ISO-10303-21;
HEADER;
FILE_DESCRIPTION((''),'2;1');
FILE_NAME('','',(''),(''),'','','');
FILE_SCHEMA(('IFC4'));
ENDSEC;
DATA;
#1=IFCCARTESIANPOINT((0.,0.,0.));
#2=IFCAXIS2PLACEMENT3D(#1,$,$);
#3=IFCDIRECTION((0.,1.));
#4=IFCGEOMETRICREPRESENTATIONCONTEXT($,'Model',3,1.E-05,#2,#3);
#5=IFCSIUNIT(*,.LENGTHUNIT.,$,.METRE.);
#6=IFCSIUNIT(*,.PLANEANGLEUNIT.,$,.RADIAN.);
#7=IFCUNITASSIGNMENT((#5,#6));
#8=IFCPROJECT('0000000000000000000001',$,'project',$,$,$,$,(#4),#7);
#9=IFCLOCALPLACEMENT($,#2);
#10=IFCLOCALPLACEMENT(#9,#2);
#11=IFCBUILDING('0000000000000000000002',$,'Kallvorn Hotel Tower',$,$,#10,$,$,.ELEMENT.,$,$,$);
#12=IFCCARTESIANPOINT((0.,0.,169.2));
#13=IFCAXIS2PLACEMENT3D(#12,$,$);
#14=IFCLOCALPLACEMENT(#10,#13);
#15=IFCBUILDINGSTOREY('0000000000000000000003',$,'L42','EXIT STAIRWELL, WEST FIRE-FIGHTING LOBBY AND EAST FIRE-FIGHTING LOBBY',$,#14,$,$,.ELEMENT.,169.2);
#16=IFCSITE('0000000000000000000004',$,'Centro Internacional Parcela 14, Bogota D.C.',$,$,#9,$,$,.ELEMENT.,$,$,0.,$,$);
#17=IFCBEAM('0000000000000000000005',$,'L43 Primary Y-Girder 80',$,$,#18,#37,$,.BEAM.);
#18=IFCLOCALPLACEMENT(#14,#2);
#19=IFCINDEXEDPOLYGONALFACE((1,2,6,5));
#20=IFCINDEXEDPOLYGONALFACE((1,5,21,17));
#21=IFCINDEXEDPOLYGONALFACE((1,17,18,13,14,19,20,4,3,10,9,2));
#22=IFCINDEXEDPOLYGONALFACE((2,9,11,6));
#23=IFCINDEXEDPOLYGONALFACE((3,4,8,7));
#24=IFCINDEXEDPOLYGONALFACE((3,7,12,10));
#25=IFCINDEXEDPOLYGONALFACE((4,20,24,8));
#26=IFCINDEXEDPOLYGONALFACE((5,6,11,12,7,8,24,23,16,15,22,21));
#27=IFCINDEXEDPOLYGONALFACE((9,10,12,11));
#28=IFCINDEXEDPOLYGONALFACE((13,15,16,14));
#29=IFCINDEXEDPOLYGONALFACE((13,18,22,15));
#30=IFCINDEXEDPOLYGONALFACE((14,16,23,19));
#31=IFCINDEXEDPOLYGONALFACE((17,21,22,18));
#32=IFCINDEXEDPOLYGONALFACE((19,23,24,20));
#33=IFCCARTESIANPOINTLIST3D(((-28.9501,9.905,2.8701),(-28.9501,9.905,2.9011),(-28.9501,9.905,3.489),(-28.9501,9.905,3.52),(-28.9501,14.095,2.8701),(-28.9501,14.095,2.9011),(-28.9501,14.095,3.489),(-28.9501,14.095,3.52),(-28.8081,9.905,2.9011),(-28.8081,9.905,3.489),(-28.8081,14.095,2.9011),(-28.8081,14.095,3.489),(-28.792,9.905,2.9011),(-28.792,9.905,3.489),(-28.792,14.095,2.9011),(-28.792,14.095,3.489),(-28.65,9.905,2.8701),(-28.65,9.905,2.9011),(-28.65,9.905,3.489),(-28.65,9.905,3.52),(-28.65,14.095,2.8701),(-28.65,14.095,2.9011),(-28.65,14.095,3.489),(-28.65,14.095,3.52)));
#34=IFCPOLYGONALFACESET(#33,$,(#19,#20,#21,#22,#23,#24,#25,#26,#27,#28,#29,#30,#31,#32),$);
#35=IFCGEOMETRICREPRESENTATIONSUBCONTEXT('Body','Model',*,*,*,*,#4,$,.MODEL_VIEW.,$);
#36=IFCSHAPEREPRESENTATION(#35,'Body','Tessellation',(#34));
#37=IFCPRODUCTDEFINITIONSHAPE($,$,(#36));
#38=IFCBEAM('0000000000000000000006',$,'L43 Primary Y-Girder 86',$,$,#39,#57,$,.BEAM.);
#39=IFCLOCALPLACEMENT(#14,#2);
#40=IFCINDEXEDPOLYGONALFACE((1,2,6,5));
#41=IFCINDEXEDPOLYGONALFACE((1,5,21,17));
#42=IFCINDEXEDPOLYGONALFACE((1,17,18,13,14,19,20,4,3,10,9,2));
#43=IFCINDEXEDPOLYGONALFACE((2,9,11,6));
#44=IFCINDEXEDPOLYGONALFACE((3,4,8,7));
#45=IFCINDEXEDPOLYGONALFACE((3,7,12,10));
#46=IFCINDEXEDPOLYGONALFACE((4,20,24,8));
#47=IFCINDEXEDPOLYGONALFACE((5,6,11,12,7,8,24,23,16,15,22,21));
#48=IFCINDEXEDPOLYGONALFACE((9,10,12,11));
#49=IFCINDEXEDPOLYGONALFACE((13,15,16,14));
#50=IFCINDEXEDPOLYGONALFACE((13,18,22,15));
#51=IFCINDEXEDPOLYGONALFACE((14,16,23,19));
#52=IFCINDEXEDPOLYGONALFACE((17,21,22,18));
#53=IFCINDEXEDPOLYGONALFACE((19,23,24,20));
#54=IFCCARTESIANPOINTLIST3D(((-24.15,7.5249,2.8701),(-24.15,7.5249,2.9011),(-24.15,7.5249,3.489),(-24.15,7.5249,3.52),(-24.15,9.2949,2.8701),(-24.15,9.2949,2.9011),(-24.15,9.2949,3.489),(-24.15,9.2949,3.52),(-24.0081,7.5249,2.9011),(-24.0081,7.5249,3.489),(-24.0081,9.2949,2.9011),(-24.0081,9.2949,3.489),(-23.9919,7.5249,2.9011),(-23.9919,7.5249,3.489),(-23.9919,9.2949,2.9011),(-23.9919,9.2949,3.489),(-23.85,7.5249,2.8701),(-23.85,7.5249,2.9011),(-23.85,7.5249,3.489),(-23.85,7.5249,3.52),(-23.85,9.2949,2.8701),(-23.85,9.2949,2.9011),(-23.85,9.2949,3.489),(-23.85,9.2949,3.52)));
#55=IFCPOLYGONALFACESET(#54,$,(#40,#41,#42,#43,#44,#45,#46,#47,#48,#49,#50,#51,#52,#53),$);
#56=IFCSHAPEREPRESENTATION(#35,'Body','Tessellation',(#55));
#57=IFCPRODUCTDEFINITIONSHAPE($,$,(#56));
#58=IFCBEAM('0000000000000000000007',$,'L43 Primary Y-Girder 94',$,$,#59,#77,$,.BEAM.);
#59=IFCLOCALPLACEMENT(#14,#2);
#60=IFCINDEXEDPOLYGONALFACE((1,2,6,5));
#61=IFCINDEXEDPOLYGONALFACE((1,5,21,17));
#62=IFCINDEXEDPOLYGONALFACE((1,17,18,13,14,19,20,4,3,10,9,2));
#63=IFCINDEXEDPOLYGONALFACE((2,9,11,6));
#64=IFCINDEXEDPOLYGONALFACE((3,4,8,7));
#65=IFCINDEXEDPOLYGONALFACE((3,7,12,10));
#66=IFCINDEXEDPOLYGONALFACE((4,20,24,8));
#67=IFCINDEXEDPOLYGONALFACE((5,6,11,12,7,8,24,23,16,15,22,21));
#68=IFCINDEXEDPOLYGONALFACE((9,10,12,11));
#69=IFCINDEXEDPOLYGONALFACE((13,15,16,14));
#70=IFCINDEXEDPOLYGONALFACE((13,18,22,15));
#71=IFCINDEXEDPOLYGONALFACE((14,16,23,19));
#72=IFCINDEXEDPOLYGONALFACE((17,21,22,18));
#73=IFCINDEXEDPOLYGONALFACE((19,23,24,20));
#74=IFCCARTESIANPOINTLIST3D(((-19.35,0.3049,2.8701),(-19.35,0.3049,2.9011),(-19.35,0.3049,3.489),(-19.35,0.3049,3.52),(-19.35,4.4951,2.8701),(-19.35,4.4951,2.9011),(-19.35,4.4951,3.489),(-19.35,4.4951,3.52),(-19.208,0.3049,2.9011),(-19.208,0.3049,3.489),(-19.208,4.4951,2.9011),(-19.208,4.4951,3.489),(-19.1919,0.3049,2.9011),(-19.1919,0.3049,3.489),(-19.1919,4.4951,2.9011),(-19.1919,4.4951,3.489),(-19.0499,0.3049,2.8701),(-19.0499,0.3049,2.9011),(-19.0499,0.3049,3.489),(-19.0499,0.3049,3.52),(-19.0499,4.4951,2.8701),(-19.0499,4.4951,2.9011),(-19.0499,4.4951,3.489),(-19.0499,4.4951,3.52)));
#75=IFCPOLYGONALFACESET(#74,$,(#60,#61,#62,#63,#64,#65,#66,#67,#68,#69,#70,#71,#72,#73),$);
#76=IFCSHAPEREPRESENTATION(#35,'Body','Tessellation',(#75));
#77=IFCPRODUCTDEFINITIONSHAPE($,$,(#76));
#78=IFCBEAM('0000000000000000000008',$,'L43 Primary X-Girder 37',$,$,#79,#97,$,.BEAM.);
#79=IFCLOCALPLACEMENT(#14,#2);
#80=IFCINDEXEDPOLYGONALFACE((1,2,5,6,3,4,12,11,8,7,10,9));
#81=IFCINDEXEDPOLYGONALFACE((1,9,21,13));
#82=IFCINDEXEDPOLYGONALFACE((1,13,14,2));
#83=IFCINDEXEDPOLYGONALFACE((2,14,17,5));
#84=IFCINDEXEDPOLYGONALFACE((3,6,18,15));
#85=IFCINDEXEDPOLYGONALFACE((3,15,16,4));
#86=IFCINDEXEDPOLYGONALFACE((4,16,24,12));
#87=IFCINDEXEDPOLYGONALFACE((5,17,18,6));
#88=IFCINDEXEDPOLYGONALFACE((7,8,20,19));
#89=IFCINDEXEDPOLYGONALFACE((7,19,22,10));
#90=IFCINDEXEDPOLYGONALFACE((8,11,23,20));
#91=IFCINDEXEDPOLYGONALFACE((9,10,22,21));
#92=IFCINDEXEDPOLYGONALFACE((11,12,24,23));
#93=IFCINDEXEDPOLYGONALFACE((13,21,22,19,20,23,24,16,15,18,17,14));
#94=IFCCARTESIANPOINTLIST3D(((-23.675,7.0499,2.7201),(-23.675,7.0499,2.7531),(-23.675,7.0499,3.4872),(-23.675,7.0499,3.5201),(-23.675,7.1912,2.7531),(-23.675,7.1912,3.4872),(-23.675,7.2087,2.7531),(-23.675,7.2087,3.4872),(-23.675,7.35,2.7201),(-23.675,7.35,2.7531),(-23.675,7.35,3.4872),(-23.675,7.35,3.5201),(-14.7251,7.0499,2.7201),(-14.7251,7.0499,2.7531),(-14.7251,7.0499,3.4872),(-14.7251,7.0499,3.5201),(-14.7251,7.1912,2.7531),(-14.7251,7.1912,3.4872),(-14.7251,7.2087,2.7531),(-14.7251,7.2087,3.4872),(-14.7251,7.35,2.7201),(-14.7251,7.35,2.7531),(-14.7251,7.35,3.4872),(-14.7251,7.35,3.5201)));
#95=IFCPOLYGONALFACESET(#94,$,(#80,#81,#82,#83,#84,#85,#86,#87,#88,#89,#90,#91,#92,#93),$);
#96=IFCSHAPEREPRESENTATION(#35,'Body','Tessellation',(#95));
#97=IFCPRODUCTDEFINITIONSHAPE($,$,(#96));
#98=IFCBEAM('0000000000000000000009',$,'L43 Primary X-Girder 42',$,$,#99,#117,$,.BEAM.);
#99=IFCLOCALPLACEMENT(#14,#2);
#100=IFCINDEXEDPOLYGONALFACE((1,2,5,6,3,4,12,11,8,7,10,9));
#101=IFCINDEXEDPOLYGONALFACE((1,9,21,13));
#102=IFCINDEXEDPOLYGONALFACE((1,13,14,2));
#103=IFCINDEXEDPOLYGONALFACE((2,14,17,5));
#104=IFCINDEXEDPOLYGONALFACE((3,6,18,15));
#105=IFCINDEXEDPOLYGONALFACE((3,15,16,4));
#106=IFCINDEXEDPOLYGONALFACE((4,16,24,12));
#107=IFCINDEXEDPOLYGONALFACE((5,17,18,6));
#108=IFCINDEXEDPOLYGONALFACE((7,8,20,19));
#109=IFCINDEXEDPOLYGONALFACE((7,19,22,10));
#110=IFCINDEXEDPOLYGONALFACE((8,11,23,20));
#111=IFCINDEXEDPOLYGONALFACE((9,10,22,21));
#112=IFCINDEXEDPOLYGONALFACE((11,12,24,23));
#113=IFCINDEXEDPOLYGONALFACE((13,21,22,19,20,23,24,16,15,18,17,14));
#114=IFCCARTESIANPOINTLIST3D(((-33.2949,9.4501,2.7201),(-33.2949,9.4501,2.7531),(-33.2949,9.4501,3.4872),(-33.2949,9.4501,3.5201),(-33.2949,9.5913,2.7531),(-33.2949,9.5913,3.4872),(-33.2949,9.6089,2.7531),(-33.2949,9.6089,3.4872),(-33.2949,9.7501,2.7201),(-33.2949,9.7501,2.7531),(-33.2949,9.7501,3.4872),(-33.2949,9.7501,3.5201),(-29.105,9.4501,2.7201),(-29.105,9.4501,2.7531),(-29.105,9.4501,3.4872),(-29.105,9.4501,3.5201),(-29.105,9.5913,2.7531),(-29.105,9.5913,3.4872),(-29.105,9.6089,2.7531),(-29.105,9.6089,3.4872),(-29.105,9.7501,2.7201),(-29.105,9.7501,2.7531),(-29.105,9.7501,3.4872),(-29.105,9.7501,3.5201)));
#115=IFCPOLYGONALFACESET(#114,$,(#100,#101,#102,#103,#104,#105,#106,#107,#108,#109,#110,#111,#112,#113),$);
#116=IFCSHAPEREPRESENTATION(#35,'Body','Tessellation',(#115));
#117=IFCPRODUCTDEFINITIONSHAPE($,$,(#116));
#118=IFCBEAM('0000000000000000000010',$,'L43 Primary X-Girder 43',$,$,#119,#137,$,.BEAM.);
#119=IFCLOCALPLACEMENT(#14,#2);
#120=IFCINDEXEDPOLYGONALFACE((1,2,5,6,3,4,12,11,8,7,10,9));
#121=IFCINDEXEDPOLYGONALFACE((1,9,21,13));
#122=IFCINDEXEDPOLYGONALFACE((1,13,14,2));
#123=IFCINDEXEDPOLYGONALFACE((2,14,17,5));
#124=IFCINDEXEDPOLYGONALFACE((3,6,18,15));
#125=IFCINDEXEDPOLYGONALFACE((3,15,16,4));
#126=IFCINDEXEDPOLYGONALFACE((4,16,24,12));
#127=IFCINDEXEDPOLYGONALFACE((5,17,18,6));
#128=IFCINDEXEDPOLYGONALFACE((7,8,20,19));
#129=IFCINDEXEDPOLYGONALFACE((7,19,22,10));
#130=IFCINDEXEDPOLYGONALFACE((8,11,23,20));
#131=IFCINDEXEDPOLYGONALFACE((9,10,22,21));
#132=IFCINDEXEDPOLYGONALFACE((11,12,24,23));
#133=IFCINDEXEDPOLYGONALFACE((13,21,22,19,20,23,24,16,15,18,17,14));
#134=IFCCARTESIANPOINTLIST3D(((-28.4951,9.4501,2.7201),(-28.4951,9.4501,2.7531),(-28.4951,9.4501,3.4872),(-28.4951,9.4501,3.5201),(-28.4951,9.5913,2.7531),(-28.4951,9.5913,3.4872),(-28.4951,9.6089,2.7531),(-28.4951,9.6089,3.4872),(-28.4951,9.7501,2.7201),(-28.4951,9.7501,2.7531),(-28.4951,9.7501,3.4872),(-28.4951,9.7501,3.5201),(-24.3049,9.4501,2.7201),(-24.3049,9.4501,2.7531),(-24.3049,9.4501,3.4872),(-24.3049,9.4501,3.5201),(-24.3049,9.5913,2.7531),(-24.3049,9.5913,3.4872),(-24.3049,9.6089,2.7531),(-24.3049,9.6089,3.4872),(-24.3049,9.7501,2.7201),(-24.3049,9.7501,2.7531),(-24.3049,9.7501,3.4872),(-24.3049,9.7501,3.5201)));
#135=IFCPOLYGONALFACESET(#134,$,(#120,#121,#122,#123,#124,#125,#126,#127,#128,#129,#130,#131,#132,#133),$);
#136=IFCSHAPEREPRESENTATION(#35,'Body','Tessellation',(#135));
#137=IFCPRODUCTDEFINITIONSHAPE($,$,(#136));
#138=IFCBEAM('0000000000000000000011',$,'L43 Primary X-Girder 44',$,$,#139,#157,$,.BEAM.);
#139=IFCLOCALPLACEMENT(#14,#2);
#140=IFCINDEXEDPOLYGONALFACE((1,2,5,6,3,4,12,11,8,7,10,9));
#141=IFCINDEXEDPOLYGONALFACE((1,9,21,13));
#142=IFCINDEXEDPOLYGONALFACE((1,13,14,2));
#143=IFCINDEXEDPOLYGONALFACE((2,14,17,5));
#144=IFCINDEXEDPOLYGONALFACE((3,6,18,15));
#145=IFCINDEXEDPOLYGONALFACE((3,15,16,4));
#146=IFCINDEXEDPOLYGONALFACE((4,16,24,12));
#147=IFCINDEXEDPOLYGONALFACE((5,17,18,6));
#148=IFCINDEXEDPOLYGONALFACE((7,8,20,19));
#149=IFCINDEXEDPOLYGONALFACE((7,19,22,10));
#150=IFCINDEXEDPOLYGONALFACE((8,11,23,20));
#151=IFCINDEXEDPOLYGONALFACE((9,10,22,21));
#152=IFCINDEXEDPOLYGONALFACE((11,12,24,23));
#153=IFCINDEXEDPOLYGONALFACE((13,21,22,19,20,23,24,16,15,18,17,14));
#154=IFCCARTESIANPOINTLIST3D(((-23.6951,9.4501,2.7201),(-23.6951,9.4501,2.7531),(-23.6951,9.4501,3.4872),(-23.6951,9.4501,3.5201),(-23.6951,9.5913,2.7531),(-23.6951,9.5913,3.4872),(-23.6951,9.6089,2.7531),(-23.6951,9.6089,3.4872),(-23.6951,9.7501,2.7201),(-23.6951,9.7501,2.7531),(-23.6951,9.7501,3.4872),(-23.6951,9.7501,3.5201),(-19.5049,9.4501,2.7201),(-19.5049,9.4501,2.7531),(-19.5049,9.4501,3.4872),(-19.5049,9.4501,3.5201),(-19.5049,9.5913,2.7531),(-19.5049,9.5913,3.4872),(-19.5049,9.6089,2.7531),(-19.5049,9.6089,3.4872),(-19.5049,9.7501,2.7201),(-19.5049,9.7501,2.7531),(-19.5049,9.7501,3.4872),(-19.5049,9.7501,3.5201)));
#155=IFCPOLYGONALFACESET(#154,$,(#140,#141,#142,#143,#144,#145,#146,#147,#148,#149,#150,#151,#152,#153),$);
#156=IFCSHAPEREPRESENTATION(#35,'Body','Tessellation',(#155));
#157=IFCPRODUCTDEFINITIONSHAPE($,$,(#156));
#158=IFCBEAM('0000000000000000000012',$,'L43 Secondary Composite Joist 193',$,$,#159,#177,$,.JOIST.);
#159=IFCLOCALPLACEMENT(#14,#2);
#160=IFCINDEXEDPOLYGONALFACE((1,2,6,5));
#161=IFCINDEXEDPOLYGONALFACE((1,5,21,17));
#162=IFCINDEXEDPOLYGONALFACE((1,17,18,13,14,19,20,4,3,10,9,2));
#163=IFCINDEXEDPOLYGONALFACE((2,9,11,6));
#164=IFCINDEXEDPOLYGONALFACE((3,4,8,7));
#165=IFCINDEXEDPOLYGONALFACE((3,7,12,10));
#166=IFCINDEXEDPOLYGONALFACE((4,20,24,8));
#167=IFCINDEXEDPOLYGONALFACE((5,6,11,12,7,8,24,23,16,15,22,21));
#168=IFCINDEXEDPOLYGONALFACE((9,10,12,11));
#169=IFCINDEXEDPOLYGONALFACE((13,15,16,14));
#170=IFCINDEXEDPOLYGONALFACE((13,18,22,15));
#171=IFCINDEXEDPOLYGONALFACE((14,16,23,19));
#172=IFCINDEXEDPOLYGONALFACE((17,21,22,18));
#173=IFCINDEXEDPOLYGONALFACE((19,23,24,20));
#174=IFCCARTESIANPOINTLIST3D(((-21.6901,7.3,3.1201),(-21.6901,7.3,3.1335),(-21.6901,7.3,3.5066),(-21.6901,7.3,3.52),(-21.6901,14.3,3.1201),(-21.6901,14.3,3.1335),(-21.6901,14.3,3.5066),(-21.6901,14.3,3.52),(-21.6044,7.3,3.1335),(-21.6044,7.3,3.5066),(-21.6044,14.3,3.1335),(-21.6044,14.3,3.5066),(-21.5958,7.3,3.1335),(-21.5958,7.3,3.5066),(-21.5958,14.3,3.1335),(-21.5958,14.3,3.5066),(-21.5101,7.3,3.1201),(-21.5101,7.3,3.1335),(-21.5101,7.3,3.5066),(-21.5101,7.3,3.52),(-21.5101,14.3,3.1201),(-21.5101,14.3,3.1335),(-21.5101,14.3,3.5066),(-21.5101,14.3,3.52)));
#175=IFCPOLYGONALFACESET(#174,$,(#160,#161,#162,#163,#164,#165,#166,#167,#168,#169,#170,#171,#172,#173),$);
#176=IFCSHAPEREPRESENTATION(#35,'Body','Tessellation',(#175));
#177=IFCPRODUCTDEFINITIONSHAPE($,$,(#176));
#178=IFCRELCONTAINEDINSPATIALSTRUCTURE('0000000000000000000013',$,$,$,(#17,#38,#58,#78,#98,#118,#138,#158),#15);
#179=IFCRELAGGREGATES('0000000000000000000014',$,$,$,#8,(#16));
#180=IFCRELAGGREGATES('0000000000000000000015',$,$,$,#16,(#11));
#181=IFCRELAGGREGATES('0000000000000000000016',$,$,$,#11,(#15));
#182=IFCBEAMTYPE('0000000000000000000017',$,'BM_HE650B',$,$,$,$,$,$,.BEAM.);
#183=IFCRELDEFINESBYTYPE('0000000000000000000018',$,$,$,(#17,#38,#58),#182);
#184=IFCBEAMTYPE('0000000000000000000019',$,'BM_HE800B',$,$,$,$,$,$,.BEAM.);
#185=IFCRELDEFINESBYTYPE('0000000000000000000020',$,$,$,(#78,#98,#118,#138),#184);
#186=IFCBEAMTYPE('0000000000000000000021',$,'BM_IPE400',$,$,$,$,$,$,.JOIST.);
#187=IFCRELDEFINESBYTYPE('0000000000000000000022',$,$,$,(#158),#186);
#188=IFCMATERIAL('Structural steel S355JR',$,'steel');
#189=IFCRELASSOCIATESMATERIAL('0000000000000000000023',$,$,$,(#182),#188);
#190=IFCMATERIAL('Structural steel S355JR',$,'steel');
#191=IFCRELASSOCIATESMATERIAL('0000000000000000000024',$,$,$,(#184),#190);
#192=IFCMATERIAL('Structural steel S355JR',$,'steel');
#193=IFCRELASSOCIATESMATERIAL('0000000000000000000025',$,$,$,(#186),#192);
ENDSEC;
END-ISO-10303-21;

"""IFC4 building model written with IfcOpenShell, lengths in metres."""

from ifc_helpers import new_model, si_unit, direction, frame, origin, origin_2d, place, context, subcontext, project, spatial, i_section, extrude, material, material_profile, profile_set, type_object, element, save


model = new_model("IFC4")

# Units and contexts
model_context = context("Model", 3, precision=1e-05, world=origin(), true_north=direction((0.0, 1.0)))
body_context = subcontext(model_context, "Body", "Model", "MODEL_VIEW")
ifc_project = project(units=[si_unit("LENGTHUNIT", "METRE"), si_unit("PLANEANGLEUNIT", "RADIAN")], contexts=[model_context])

# Site, building, storey
site_placement = place(None, origin())
site = spatial("IfcSite", under=ifc_project, at=site_placement, Name="Centro Internacional Parcela 14, Bogota D.C.", CompositionType="ELEMENT", RefElevation=0.0)
building_placement = place(site_placement, origin())
building = spatial("IfcBuilding", under=site, at=building_placement, Name="Kallvorn Hotel Tower", CompositionType="ELEMENT")
storey_placement = place(building_placement, frame((0.0, 0.0, 169.2)))
storey = spatial("IfcBuildingStorey", under=building, at=storey_placement, Name="L42", Description="EXIT STAIRWELL, WEST FIRE-FIGHTING LOBBY AND EAST FIRE-FIGHTING LOBBY", CompositionType="ELEMENT", Elevation=169.2)

# Beams
ifc_material_1 = material(Name="Structural steel S355JR", Category="steel")
ifc_material_profile_1 = material_profile(ifc_material_1, i_section(OverallWidth=0.3, OverallDepth=0.6499, WebThickness=0.0161, FlangeThickness=0.031, at=origin_2d()), Name="HE 650 B")
ifc_profile_set_1 = profile_set([ifc_material_profile_1], Name="Structural steel S355JR")
beam_type_1 = type_object("IfcBeamType", Name="BM_HE650B", PredefinedType="BEAM", material=ifc_profile_set_1)
for number, where, z_axis, x_axis, name in (
    (1, (-28.8, 9.905, 3.1951), (0.0, 1.0, 0.0), (-1.0, 0.0, 0.0), "L43 Primary Y-Girder 80"),
):
    element("IfcBeam", number, at=place(storey_placement, frame(where, z_axis=z_axis, x_axis=x_axis)), inside=storey, type_object=beam_type_1, Name=name, PredefinedType="BEAM", context=body_context, shape_type="SweptSolid", body=[
        extrude(i_section(OverallWidth=0.3, OverallDepth=0.6499, WebThickness=0.0161, FlangeThickness=0.031, at=origin_2d()), origin(), (0.0, 0.0, 1.0), 4.1899),
    ])
beam_1_placement = place(storey_placement, frame((-24.0, 7.5249, 3.1951), z_axis=(0.0, 1.0, 0.0), x_axis=(-1.0, 0.0, 0.0)))
element("IfcBeam", 2, at=beam_1_placement, inside=storey, type_object=beam_type_1, Name="L43 Primary Y-Girder 86", PredefinedType="BEAM", context=body_context, shape_type="SweptSolid", body=[
    extrude(i_section(OverallWidth=0.3, OverallDepth=0.6499, WebThickness=0.0161, FlangeThickness=0.031, at=origin_2d()), origin(), (0.0, 0.0, 1.0), 1.77),
])
beam_2_placement = place(storey_placement, frame((-19.2, 0.3049, 3.1951), z_axis=(0.0, 1.0, 0.0), x_axis=(-1.0, 0.0, 0.0)))
element("IfcBeam", 3, at=beam_2_placement, inside=storey, type_object=beam_type_1, Name="L43 Primary Y-Girder 94", PredefinedType="BEAM", context=body_context, shape_type="SweptSolid", body=[
    extrude(i_section(OverallWidth=0.3, OverallDepth=0.6499, WebThickness=0.0161, FlangeThickness=0.031, at=origin_2d()), origin(), (0.0, 0.0, 1.0), 4.1902),
])
ifc_material_2 = material(Name="Structural steel S355JR", Category="steel")
ifc_material_profile_2 = material_profile(ifc_material_2, i_section(OverallWidth=0.3, OverallDepth=0.8, WebThickness=0.0176, FlangeThickness=0.033, at=origin_2d()), Name="HE 800 B")
ifc_profile_set_2 = profile_set([ifc_material_profile_2], Name="Structural steel S355JR")
beam_type_2 = type_object("IfcBeamType", Name="BM_HE800B", PredefinedType="BEAM", material=ifc_profile_set_2)
beam_3_placement = place(storey_placement, frame((-23.675, 7.2, 3.1201), z_axis=(1.0, 0.0, 0.0), x_axis=(0.0, 1.0, 0.0)))
element("IfcBeam", 4, at=beam_3_placement, inside=storey, type_object=beam_type_2, Name="L43 Primary X-Girder 37", PredefinedType="BEAM", context=body_context, shape_type="SweptSolid", body=[
    extrude(i_section(OverallWidth=0.3, OverallDepth=0.8, WebThickness=0.0176, FlangeThickness=0.033, at=origin_2d()), origin(), (0.0, 0.0, 1.0), 8.95),
])
beam_4_placement = place(storey_placement, frame((-33.2949, 9.6001, 3.1201), z_axis=(1.0, 0.0, 0.0), x_axis=(0.0, 1.0, 0.0)))
element("IfcBeam", 5, at=beam_4_placement, inside=storey, type_object=beam_type_2, Name="L43 Primary X-Girder 42", PredefinedType="BEAM", context=body_context, shape_type="SweptSolid", body=[
    extrude(i_section(OverallWidth=0.3, OverallDepth=0.8, WebThickness=0.0176, FlangeThickness=0.033, at=origin_2d()), origin(), (0.0, 0.0, 1.0), 4.1899),
])
for number, where, z_axis, x_axis, name in (
    (6, (-28.4951, 9.6001, 3.1201), (1.0, 0.0, 0.0), (0.0, 1.0, 0.0), "L43 Primary X-Girder 43"),
    (7, (-23.6951, 9.6001, 3.1201), (1.0, 0.0, 0.0), (0.0, 1.0, 0.0), "L43 Primary X-Girder 44"),
):
    element("IfcBeam", number, at=place(storey_placement, frame(where, z_axis=z_axis, x_axis=x_axis)), inside=storey, type_object=beam_type_2, Name=name, PredefinedType="BEAM", context=body_context, shape_type="SweptSolid", body=[
        extrude(i_section(OverallWidth=0.3, OverallDepth=0.8, WebThickness=0.0176, FlangeThickness=0.033, at=origin_2d()), origin(), (0.0, 0.0, 1.0), 4.1902),
    ])
ifc_material_3 = material(Name="Structural steel S355JR", Category="steel")
ifc_material_profile_3 = material_profile(ifc_material_3, i_section(OverallWidth=0.1799, OverallDepth=0.3999, WebThickness=0.0085, FlangeThickness=0.0134, at=origin_2d()), Name="IPE 400")
ifc_profile_set_3 = profile_set([ifc_material_profile_3], Name="Structural steel S355JR")
beam_type_3 = type_object("IfcBeamType", Name="BM_IPE400", PredefinedType="JOIST", material=ifc_profile_set_3)
beam_5_placement = place(storey_placement, frame((-21.6001, 7.3, 3.3201), z_axis=(0.0, 1.0, 0.0), x_axis=(-1.0, 0.0, 0.0)))
element("IfcBeam", 8, at=beam_5_placement, inside=storey, type_object=beam_type_3, Name="L43 Secondary Composite Joist 193", PredefinedType="JOIST", context=body_context, shape_type="SweptSolid", body=[
    extrude(i_section(OverallWidth=0.1799, OverallDepth=0.3999, WebThickness=0.0085, FlangeThickness=0.0134, at=origin_2d()), origin(), (0.0, 0.0, 1.0), 7.0),
])

save(model, "model.ifc")
